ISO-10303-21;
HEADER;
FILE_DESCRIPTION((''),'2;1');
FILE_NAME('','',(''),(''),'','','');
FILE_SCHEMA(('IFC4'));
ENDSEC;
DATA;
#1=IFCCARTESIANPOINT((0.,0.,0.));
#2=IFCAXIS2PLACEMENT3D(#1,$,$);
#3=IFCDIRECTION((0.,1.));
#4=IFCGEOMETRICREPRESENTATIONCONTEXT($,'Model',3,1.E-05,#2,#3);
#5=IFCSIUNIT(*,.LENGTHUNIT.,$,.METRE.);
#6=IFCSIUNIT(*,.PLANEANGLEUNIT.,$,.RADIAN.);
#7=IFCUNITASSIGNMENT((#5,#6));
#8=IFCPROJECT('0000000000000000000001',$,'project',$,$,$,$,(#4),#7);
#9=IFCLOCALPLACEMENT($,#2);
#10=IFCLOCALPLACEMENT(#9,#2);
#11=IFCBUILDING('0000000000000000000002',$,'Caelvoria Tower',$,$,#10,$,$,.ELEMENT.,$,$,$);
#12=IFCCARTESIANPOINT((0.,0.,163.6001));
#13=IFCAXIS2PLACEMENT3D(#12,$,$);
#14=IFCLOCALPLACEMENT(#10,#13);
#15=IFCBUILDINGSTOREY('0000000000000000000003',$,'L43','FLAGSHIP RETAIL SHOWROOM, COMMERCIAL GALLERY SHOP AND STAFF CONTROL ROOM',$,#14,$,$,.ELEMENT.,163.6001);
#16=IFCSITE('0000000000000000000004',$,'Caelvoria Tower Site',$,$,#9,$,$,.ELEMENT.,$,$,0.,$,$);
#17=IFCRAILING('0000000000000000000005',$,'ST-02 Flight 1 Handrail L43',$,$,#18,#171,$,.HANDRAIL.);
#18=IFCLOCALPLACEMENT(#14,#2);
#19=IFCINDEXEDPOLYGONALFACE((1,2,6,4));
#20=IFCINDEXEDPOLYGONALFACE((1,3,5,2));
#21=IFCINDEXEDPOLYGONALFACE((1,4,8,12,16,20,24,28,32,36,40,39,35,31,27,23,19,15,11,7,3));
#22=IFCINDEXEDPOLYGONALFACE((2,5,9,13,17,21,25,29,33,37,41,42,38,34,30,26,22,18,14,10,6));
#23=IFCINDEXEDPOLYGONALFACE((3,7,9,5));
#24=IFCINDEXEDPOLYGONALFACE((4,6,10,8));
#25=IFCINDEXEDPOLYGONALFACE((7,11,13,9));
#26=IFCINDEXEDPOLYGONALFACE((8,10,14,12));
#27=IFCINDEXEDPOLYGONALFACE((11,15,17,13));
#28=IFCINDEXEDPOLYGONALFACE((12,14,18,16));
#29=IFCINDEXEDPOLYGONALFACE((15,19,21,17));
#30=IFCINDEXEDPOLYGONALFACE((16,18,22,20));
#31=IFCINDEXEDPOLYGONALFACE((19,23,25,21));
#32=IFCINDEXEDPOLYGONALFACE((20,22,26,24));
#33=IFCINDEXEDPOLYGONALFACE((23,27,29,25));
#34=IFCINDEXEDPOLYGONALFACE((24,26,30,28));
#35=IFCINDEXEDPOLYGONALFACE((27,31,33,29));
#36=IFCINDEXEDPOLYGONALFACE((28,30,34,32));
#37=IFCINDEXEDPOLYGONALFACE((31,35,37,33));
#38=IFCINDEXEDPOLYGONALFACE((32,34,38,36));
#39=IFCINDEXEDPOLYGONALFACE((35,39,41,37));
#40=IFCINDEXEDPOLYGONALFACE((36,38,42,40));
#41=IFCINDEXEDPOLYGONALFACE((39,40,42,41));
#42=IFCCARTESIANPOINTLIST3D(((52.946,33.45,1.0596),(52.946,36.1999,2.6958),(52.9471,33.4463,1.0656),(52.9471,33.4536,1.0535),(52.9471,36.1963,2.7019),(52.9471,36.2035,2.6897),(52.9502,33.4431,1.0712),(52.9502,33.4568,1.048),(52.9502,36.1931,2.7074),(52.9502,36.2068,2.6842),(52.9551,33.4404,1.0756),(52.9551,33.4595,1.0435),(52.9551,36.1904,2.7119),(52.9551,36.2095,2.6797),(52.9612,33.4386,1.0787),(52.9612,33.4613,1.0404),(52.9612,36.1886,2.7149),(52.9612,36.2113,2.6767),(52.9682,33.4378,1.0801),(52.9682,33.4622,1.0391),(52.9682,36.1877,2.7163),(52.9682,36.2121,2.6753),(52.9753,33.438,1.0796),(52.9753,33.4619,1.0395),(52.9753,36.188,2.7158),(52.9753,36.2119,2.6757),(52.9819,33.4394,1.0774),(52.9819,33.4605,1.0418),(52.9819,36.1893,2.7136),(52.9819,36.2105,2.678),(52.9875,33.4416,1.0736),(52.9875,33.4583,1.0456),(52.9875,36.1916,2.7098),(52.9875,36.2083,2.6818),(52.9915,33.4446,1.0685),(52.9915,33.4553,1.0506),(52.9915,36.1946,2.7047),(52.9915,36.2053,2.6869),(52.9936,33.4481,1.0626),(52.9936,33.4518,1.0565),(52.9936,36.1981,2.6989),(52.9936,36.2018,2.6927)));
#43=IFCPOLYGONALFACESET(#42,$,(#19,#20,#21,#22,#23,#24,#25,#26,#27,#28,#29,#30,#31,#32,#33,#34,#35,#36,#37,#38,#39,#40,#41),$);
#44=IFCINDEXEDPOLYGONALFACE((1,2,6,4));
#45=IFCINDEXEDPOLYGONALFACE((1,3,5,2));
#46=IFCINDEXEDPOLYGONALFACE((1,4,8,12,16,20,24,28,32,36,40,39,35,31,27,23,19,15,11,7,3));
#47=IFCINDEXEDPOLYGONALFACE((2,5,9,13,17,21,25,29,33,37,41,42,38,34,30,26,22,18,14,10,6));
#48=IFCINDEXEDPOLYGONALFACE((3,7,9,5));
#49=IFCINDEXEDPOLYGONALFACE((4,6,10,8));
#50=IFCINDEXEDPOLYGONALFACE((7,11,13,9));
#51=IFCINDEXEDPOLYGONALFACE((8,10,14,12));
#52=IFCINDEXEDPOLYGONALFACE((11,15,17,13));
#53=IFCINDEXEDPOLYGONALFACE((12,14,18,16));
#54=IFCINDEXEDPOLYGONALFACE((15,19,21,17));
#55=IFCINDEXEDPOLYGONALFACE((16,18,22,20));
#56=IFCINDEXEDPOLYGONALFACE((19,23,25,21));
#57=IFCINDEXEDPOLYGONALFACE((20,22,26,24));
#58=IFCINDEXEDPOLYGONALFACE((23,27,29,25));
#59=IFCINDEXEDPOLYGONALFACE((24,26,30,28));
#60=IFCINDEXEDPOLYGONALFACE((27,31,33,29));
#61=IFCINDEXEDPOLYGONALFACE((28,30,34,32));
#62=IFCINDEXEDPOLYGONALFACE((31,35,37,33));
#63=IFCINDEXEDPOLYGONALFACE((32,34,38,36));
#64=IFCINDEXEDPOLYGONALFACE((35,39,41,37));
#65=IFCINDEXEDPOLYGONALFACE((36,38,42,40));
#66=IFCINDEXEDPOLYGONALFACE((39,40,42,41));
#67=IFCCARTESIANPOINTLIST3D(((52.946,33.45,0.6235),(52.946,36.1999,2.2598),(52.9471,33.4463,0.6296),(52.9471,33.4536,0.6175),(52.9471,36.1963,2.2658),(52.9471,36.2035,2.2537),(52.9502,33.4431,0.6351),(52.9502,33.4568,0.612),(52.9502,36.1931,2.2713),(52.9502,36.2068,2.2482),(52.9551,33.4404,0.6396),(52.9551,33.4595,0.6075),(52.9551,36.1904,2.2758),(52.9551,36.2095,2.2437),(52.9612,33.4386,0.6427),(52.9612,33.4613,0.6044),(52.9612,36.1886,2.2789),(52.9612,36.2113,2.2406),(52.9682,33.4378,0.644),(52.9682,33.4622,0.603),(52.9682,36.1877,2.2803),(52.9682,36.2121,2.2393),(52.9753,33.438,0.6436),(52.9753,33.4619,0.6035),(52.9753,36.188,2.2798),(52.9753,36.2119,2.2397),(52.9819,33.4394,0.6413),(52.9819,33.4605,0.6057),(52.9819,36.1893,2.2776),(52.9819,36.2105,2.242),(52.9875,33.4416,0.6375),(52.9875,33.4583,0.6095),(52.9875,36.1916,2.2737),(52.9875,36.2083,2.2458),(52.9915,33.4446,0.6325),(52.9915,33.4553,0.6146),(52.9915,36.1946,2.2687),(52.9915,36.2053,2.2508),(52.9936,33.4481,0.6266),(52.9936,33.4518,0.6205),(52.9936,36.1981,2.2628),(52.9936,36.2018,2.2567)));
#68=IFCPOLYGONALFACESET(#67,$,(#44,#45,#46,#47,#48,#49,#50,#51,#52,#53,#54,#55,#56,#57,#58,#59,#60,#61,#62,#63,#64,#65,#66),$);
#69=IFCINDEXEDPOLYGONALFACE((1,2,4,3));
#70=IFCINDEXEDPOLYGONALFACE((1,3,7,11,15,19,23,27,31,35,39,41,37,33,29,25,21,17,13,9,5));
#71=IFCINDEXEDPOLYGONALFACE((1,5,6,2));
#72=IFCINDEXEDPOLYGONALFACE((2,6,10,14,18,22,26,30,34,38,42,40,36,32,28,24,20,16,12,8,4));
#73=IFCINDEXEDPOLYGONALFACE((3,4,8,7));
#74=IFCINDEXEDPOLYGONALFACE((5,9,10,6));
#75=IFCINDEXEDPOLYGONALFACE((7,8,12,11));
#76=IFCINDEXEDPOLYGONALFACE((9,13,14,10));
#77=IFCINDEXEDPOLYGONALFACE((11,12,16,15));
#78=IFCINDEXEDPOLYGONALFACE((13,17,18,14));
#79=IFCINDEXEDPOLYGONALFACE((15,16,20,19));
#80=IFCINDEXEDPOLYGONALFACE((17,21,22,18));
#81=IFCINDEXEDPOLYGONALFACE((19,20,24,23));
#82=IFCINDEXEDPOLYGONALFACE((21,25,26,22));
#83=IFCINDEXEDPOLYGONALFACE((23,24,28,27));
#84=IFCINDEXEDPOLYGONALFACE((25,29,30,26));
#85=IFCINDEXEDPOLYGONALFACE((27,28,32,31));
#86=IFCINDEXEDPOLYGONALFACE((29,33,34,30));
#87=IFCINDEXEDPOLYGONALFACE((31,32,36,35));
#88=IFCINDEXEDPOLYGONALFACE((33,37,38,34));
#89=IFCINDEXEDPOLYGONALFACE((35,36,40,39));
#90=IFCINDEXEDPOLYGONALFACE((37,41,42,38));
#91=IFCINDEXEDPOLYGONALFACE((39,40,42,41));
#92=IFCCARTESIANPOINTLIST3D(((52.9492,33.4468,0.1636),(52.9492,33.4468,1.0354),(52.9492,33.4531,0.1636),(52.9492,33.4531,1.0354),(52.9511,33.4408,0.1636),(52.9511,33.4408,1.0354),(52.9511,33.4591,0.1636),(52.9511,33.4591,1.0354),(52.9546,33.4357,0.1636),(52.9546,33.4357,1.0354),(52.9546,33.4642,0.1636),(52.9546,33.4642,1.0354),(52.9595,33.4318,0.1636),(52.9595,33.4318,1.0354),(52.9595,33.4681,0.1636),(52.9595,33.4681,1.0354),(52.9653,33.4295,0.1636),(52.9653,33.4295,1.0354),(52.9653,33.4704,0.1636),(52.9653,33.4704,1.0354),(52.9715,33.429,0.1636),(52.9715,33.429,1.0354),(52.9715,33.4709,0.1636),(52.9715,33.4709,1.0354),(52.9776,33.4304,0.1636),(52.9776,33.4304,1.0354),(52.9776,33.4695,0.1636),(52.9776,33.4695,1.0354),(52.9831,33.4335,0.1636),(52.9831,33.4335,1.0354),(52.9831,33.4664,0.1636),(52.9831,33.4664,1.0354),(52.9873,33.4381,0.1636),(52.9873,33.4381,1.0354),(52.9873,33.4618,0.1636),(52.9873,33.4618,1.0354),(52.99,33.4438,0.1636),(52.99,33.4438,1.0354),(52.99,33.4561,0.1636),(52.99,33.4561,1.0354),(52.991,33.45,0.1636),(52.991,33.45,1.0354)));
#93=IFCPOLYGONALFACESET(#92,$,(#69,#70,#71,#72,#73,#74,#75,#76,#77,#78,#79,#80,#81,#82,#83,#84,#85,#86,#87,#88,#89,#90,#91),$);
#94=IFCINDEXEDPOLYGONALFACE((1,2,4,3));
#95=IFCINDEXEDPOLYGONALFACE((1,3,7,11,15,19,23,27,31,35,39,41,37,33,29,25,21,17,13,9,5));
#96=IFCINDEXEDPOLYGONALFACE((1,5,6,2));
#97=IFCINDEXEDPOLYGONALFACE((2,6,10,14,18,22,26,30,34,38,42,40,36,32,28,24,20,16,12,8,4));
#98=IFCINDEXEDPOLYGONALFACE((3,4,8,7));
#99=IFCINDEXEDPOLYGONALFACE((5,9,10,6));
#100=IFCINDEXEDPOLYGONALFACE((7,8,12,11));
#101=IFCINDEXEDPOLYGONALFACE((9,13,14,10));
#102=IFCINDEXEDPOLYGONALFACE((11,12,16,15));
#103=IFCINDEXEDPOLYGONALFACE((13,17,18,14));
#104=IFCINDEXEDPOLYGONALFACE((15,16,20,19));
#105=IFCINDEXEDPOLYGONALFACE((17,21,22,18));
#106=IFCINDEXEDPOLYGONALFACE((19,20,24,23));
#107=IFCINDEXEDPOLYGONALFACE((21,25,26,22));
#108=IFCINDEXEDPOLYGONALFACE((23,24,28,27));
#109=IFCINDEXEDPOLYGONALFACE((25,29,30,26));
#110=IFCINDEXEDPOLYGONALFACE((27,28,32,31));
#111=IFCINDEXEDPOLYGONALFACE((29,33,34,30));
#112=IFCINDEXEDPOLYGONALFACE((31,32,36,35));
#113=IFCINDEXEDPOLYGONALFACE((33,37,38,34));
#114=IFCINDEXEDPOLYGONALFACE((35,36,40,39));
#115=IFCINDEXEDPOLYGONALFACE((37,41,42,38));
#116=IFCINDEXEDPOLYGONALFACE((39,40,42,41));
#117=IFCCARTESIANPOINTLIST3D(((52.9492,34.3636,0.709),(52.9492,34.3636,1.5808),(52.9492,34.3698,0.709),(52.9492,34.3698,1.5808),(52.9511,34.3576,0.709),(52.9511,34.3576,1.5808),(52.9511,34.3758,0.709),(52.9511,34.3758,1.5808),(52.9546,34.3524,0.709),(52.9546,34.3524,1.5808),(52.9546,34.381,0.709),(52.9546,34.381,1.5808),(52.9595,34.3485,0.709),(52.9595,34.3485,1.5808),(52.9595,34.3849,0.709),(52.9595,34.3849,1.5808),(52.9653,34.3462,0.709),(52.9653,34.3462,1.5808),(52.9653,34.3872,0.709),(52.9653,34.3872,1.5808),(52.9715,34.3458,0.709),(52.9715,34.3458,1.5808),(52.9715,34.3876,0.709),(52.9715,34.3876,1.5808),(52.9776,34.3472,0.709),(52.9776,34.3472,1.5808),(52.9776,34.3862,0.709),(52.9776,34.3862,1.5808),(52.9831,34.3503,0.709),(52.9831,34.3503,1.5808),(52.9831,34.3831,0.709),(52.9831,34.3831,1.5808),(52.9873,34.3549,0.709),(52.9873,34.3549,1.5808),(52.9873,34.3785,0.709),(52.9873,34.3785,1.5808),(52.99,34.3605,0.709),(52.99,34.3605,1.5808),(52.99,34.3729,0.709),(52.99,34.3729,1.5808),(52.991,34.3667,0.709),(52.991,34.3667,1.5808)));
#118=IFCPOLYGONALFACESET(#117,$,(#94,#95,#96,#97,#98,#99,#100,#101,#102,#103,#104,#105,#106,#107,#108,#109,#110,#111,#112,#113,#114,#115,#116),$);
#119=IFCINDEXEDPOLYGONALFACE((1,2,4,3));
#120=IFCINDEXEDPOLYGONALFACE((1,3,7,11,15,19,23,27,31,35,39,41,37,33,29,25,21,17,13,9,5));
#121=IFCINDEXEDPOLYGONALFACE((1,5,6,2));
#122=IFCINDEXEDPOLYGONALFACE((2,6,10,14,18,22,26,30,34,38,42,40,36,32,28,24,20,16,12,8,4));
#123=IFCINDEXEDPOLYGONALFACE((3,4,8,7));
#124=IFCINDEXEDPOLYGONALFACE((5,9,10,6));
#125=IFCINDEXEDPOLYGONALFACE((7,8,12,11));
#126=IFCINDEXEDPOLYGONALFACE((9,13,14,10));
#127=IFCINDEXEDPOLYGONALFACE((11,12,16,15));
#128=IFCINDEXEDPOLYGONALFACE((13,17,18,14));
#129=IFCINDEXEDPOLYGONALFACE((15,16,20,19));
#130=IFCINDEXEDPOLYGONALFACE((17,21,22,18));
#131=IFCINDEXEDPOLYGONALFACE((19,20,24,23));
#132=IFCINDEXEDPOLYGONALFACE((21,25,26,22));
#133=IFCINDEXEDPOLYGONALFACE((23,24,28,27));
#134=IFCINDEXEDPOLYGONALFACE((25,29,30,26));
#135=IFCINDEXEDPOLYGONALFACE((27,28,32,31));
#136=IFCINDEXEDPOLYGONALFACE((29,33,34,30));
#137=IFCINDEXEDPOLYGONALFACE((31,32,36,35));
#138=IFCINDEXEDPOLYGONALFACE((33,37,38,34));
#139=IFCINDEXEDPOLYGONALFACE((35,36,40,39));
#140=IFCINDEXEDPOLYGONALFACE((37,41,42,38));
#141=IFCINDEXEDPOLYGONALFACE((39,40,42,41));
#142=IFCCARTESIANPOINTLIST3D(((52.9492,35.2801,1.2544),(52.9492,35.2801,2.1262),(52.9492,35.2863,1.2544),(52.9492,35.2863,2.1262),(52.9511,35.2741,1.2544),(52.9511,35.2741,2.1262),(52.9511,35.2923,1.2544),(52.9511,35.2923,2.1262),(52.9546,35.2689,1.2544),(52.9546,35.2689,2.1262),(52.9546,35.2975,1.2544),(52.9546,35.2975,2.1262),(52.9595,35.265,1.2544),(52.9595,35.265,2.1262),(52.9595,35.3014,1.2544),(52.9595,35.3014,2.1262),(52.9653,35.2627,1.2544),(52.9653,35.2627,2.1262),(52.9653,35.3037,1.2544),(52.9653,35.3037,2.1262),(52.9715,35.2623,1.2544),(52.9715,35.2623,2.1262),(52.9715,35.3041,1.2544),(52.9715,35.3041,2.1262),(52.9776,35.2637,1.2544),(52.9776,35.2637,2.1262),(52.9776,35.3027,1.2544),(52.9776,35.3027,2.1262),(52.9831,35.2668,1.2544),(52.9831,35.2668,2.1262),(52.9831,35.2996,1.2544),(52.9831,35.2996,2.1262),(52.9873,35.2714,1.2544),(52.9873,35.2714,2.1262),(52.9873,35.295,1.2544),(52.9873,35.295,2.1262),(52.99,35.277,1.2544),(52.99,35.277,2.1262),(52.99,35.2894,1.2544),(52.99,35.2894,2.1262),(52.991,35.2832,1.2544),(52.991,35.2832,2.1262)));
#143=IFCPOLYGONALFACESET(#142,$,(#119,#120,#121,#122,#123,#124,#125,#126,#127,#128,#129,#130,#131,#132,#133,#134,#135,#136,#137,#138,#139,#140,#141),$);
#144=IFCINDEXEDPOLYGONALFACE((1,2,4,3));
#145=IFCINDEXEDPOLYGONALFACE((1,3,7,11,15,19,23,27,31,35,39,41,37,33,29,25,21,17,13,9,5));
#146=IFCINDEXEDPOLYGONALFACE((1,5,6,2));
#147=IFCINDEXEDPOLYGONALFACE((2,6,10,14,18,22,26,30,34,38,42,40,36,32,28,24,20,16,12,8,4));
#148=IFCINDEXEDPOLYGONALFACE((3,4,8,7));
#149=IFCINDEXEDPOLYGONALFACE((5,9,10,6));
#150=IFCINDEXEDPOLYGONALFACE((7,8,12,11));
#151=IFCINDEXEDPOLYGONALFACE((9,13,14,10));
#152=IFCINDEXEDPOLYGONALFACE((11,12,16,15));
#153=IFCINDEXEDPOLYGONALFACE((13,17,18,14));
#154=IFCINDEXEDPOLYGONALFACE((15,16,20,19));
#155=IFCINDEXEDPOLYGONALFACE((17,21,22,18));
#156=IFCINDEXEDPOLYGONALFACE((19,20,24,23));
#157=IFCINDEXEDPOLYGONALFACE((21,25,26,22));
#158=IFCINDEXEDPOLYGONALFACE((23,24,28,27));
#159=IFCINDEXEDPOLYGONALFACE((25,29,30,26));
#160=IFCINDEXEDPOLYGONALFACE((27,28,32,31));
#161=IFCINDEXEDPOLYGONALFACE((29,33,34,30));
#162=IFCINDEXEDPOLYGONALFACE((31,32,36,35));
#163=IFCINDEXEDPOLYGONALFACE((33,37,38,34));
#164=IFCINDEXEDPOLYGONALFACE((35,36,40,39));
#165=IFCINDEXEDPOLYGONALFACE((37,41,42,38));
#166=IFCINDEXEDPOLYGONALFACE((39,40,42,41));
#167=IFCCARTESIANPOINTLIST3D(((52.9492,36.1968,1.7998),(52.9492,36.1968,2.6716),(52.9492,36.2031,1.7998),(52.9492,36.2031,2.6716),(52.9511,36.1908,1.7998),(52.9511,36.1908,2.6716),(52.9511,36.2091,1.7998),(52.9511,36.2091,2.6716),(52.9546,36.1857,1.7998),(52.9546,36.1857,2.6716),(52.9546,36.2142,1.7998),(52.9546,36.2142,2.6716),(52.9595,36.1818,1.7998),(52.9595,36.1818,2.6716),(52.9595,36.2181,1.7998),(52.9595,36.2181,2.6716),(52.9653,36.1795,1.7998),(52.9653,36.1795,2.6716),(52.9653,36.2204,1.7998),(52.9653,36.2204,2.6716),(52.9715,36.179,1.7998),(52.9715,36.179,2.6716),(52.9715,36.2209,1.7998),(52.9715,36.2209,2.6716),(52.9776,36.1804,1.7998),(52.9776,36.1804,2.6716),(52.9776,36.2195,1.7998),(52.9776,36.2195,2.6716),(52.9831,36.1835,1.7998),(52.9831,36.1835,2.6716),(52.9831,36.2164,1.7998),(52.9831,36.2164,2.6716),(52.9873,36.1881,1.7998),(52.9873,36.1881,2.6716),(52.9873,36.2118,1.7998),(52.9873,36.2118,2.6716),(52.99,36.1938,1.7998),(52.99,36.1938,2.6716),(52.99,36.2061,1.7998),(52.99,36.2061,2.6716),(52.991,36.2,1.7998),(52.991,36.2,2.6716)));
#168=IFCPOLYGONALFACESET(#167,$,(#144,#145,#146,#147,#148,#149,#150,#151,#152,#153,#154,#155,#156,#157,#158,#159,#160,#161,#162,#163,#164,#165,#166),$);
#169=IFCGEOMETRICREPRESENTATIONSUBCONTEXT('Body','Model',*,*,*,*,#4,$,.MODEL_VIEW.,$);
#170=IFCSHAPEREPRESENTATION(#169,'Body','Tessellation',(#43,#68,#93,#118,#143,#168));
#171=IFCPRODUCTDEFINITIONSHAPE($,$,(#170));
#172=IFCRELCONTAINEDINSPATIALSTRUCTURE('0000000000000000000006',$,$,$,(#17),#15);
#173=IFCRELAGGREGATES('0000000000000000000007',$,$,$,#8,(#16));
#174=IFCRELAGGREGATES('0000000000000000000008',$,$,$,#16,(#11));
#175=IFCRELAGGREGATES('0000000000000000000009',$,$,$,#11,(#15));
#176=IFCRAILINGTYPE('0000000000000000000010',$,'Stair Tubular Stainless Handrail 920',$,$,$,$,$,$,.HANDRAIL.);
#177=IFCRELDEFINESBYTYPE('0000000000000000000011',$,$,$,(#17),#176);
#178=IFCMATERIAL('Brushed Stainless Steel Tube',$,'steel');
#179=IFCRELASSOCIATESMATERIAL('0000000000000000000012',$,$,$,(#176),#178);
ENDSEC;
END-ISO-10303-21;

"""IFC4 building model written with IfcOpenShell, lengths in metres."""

from ifc_helpers import new_model, si_unit, direction, frame, origin, origin_2d, place, context, subcontext, project, spatial, circle, extrude, material, type_object, element, save


model = new_model("IFC4")

# Units and contexts
model_context = context("Model", 3, precision=1e-05, world=origin(), true_north=direction((0.0, 1.0)))
body_context = subcontext(model_context, "Body", "Model", "MODEL_VIEW")
ifc_project = project(units=[si_unit("LENGTHUNIT", "METRE"), si_unit("PLANEANGLEUNIT", "RADIAN")], contexts=[model_context])

# Site, building, storey
site_placement = place(None, origin())
site = spatial("IfcSite", under=ifc_project, at=site_placement, Name="Caelvoria Tower Site", CompositionType="ELEMENT", RefElevation=0.0)
building_placement = place(site_placement, origin())
building = spatial("IfcBuilding", under=site, at=building_placement, Name="Caelvoria Tower", CompositionType="ELEMENT")
storey_placement = place(building_placement, frame((0.0, 0.0, 163.6001)))
storey = spatial("IfcBuildingStorey", under=building, at=storey_placement, Name="L43", Description="FLAGSHIP RETAIL SHOWROOM, COMMERCIAL GALLERY SHOP AND STAFF CONTROL ROOM", CompositionType="ELEMENT", Elevation=163.6001)

# Railing
ifc_material_1 = material(Name="Brushed Stainless Steel Tube", Category="steel")
railing_type_1 = type_object("IfcRailingType", Name="Stair Tubular Stainless Handrail 920", PredefinedType="HANDRAIL", material=ifc_material_1)
railing_1_placement = place(storey_placement, frame((52.97, 33.45, 0.1636)))
element("IfcRailing", 1, at=railing_1_placement, inside=storey, type_object=railing_type_1, Name="ST-02 Flight 1 Handrail L43", PredefinedType="HANDRAIL", context=body_context, shape_type="SweptSolid", body=[
    extrude(circle(Radius=0.0239, at=origin_2d()), frame((0.0, 0.0, 0.896), z_axis=(0.0, 0.859385, 0.511328), x_axis=(-1.0, 0.0, 0.0)), (0.0, 0.0, 1.0), 3.2),
    extrude(circle(Radius=0.0239, at=origin_2d()), frame((0.0, 0.0, 0.46), z_axis=(0.0, 0.859385, 0.511328), x_axis=(-1.0, 0.0, 0.0)), (0.0, 0.0, 1.0), 3.2),
    extrude(circle(Radius=0.021, at=origin_2d()), origin(), (0.0, 0.0, 1.0), 0.8718),
    extrude(circle(Radius=0.021, at=origin_2d()), frame((0.0, 0.9167, 0.5454)), (0.0, 0.0, 1.0), 0.8718),
    extrude(circle(Radius=0.021, at=origin_2d()), frame((0.0, 1.8333, 1.0908)), (0.0, 0.0, 1.0), 0.8718),
    extrude(circle(Radius=0.021, at=origin_2d()), frame((0.0, 2.75, 1.6362)), (0.0, 0.0, 1.0), 0.8718),
])

save(model, "model.ifc")
